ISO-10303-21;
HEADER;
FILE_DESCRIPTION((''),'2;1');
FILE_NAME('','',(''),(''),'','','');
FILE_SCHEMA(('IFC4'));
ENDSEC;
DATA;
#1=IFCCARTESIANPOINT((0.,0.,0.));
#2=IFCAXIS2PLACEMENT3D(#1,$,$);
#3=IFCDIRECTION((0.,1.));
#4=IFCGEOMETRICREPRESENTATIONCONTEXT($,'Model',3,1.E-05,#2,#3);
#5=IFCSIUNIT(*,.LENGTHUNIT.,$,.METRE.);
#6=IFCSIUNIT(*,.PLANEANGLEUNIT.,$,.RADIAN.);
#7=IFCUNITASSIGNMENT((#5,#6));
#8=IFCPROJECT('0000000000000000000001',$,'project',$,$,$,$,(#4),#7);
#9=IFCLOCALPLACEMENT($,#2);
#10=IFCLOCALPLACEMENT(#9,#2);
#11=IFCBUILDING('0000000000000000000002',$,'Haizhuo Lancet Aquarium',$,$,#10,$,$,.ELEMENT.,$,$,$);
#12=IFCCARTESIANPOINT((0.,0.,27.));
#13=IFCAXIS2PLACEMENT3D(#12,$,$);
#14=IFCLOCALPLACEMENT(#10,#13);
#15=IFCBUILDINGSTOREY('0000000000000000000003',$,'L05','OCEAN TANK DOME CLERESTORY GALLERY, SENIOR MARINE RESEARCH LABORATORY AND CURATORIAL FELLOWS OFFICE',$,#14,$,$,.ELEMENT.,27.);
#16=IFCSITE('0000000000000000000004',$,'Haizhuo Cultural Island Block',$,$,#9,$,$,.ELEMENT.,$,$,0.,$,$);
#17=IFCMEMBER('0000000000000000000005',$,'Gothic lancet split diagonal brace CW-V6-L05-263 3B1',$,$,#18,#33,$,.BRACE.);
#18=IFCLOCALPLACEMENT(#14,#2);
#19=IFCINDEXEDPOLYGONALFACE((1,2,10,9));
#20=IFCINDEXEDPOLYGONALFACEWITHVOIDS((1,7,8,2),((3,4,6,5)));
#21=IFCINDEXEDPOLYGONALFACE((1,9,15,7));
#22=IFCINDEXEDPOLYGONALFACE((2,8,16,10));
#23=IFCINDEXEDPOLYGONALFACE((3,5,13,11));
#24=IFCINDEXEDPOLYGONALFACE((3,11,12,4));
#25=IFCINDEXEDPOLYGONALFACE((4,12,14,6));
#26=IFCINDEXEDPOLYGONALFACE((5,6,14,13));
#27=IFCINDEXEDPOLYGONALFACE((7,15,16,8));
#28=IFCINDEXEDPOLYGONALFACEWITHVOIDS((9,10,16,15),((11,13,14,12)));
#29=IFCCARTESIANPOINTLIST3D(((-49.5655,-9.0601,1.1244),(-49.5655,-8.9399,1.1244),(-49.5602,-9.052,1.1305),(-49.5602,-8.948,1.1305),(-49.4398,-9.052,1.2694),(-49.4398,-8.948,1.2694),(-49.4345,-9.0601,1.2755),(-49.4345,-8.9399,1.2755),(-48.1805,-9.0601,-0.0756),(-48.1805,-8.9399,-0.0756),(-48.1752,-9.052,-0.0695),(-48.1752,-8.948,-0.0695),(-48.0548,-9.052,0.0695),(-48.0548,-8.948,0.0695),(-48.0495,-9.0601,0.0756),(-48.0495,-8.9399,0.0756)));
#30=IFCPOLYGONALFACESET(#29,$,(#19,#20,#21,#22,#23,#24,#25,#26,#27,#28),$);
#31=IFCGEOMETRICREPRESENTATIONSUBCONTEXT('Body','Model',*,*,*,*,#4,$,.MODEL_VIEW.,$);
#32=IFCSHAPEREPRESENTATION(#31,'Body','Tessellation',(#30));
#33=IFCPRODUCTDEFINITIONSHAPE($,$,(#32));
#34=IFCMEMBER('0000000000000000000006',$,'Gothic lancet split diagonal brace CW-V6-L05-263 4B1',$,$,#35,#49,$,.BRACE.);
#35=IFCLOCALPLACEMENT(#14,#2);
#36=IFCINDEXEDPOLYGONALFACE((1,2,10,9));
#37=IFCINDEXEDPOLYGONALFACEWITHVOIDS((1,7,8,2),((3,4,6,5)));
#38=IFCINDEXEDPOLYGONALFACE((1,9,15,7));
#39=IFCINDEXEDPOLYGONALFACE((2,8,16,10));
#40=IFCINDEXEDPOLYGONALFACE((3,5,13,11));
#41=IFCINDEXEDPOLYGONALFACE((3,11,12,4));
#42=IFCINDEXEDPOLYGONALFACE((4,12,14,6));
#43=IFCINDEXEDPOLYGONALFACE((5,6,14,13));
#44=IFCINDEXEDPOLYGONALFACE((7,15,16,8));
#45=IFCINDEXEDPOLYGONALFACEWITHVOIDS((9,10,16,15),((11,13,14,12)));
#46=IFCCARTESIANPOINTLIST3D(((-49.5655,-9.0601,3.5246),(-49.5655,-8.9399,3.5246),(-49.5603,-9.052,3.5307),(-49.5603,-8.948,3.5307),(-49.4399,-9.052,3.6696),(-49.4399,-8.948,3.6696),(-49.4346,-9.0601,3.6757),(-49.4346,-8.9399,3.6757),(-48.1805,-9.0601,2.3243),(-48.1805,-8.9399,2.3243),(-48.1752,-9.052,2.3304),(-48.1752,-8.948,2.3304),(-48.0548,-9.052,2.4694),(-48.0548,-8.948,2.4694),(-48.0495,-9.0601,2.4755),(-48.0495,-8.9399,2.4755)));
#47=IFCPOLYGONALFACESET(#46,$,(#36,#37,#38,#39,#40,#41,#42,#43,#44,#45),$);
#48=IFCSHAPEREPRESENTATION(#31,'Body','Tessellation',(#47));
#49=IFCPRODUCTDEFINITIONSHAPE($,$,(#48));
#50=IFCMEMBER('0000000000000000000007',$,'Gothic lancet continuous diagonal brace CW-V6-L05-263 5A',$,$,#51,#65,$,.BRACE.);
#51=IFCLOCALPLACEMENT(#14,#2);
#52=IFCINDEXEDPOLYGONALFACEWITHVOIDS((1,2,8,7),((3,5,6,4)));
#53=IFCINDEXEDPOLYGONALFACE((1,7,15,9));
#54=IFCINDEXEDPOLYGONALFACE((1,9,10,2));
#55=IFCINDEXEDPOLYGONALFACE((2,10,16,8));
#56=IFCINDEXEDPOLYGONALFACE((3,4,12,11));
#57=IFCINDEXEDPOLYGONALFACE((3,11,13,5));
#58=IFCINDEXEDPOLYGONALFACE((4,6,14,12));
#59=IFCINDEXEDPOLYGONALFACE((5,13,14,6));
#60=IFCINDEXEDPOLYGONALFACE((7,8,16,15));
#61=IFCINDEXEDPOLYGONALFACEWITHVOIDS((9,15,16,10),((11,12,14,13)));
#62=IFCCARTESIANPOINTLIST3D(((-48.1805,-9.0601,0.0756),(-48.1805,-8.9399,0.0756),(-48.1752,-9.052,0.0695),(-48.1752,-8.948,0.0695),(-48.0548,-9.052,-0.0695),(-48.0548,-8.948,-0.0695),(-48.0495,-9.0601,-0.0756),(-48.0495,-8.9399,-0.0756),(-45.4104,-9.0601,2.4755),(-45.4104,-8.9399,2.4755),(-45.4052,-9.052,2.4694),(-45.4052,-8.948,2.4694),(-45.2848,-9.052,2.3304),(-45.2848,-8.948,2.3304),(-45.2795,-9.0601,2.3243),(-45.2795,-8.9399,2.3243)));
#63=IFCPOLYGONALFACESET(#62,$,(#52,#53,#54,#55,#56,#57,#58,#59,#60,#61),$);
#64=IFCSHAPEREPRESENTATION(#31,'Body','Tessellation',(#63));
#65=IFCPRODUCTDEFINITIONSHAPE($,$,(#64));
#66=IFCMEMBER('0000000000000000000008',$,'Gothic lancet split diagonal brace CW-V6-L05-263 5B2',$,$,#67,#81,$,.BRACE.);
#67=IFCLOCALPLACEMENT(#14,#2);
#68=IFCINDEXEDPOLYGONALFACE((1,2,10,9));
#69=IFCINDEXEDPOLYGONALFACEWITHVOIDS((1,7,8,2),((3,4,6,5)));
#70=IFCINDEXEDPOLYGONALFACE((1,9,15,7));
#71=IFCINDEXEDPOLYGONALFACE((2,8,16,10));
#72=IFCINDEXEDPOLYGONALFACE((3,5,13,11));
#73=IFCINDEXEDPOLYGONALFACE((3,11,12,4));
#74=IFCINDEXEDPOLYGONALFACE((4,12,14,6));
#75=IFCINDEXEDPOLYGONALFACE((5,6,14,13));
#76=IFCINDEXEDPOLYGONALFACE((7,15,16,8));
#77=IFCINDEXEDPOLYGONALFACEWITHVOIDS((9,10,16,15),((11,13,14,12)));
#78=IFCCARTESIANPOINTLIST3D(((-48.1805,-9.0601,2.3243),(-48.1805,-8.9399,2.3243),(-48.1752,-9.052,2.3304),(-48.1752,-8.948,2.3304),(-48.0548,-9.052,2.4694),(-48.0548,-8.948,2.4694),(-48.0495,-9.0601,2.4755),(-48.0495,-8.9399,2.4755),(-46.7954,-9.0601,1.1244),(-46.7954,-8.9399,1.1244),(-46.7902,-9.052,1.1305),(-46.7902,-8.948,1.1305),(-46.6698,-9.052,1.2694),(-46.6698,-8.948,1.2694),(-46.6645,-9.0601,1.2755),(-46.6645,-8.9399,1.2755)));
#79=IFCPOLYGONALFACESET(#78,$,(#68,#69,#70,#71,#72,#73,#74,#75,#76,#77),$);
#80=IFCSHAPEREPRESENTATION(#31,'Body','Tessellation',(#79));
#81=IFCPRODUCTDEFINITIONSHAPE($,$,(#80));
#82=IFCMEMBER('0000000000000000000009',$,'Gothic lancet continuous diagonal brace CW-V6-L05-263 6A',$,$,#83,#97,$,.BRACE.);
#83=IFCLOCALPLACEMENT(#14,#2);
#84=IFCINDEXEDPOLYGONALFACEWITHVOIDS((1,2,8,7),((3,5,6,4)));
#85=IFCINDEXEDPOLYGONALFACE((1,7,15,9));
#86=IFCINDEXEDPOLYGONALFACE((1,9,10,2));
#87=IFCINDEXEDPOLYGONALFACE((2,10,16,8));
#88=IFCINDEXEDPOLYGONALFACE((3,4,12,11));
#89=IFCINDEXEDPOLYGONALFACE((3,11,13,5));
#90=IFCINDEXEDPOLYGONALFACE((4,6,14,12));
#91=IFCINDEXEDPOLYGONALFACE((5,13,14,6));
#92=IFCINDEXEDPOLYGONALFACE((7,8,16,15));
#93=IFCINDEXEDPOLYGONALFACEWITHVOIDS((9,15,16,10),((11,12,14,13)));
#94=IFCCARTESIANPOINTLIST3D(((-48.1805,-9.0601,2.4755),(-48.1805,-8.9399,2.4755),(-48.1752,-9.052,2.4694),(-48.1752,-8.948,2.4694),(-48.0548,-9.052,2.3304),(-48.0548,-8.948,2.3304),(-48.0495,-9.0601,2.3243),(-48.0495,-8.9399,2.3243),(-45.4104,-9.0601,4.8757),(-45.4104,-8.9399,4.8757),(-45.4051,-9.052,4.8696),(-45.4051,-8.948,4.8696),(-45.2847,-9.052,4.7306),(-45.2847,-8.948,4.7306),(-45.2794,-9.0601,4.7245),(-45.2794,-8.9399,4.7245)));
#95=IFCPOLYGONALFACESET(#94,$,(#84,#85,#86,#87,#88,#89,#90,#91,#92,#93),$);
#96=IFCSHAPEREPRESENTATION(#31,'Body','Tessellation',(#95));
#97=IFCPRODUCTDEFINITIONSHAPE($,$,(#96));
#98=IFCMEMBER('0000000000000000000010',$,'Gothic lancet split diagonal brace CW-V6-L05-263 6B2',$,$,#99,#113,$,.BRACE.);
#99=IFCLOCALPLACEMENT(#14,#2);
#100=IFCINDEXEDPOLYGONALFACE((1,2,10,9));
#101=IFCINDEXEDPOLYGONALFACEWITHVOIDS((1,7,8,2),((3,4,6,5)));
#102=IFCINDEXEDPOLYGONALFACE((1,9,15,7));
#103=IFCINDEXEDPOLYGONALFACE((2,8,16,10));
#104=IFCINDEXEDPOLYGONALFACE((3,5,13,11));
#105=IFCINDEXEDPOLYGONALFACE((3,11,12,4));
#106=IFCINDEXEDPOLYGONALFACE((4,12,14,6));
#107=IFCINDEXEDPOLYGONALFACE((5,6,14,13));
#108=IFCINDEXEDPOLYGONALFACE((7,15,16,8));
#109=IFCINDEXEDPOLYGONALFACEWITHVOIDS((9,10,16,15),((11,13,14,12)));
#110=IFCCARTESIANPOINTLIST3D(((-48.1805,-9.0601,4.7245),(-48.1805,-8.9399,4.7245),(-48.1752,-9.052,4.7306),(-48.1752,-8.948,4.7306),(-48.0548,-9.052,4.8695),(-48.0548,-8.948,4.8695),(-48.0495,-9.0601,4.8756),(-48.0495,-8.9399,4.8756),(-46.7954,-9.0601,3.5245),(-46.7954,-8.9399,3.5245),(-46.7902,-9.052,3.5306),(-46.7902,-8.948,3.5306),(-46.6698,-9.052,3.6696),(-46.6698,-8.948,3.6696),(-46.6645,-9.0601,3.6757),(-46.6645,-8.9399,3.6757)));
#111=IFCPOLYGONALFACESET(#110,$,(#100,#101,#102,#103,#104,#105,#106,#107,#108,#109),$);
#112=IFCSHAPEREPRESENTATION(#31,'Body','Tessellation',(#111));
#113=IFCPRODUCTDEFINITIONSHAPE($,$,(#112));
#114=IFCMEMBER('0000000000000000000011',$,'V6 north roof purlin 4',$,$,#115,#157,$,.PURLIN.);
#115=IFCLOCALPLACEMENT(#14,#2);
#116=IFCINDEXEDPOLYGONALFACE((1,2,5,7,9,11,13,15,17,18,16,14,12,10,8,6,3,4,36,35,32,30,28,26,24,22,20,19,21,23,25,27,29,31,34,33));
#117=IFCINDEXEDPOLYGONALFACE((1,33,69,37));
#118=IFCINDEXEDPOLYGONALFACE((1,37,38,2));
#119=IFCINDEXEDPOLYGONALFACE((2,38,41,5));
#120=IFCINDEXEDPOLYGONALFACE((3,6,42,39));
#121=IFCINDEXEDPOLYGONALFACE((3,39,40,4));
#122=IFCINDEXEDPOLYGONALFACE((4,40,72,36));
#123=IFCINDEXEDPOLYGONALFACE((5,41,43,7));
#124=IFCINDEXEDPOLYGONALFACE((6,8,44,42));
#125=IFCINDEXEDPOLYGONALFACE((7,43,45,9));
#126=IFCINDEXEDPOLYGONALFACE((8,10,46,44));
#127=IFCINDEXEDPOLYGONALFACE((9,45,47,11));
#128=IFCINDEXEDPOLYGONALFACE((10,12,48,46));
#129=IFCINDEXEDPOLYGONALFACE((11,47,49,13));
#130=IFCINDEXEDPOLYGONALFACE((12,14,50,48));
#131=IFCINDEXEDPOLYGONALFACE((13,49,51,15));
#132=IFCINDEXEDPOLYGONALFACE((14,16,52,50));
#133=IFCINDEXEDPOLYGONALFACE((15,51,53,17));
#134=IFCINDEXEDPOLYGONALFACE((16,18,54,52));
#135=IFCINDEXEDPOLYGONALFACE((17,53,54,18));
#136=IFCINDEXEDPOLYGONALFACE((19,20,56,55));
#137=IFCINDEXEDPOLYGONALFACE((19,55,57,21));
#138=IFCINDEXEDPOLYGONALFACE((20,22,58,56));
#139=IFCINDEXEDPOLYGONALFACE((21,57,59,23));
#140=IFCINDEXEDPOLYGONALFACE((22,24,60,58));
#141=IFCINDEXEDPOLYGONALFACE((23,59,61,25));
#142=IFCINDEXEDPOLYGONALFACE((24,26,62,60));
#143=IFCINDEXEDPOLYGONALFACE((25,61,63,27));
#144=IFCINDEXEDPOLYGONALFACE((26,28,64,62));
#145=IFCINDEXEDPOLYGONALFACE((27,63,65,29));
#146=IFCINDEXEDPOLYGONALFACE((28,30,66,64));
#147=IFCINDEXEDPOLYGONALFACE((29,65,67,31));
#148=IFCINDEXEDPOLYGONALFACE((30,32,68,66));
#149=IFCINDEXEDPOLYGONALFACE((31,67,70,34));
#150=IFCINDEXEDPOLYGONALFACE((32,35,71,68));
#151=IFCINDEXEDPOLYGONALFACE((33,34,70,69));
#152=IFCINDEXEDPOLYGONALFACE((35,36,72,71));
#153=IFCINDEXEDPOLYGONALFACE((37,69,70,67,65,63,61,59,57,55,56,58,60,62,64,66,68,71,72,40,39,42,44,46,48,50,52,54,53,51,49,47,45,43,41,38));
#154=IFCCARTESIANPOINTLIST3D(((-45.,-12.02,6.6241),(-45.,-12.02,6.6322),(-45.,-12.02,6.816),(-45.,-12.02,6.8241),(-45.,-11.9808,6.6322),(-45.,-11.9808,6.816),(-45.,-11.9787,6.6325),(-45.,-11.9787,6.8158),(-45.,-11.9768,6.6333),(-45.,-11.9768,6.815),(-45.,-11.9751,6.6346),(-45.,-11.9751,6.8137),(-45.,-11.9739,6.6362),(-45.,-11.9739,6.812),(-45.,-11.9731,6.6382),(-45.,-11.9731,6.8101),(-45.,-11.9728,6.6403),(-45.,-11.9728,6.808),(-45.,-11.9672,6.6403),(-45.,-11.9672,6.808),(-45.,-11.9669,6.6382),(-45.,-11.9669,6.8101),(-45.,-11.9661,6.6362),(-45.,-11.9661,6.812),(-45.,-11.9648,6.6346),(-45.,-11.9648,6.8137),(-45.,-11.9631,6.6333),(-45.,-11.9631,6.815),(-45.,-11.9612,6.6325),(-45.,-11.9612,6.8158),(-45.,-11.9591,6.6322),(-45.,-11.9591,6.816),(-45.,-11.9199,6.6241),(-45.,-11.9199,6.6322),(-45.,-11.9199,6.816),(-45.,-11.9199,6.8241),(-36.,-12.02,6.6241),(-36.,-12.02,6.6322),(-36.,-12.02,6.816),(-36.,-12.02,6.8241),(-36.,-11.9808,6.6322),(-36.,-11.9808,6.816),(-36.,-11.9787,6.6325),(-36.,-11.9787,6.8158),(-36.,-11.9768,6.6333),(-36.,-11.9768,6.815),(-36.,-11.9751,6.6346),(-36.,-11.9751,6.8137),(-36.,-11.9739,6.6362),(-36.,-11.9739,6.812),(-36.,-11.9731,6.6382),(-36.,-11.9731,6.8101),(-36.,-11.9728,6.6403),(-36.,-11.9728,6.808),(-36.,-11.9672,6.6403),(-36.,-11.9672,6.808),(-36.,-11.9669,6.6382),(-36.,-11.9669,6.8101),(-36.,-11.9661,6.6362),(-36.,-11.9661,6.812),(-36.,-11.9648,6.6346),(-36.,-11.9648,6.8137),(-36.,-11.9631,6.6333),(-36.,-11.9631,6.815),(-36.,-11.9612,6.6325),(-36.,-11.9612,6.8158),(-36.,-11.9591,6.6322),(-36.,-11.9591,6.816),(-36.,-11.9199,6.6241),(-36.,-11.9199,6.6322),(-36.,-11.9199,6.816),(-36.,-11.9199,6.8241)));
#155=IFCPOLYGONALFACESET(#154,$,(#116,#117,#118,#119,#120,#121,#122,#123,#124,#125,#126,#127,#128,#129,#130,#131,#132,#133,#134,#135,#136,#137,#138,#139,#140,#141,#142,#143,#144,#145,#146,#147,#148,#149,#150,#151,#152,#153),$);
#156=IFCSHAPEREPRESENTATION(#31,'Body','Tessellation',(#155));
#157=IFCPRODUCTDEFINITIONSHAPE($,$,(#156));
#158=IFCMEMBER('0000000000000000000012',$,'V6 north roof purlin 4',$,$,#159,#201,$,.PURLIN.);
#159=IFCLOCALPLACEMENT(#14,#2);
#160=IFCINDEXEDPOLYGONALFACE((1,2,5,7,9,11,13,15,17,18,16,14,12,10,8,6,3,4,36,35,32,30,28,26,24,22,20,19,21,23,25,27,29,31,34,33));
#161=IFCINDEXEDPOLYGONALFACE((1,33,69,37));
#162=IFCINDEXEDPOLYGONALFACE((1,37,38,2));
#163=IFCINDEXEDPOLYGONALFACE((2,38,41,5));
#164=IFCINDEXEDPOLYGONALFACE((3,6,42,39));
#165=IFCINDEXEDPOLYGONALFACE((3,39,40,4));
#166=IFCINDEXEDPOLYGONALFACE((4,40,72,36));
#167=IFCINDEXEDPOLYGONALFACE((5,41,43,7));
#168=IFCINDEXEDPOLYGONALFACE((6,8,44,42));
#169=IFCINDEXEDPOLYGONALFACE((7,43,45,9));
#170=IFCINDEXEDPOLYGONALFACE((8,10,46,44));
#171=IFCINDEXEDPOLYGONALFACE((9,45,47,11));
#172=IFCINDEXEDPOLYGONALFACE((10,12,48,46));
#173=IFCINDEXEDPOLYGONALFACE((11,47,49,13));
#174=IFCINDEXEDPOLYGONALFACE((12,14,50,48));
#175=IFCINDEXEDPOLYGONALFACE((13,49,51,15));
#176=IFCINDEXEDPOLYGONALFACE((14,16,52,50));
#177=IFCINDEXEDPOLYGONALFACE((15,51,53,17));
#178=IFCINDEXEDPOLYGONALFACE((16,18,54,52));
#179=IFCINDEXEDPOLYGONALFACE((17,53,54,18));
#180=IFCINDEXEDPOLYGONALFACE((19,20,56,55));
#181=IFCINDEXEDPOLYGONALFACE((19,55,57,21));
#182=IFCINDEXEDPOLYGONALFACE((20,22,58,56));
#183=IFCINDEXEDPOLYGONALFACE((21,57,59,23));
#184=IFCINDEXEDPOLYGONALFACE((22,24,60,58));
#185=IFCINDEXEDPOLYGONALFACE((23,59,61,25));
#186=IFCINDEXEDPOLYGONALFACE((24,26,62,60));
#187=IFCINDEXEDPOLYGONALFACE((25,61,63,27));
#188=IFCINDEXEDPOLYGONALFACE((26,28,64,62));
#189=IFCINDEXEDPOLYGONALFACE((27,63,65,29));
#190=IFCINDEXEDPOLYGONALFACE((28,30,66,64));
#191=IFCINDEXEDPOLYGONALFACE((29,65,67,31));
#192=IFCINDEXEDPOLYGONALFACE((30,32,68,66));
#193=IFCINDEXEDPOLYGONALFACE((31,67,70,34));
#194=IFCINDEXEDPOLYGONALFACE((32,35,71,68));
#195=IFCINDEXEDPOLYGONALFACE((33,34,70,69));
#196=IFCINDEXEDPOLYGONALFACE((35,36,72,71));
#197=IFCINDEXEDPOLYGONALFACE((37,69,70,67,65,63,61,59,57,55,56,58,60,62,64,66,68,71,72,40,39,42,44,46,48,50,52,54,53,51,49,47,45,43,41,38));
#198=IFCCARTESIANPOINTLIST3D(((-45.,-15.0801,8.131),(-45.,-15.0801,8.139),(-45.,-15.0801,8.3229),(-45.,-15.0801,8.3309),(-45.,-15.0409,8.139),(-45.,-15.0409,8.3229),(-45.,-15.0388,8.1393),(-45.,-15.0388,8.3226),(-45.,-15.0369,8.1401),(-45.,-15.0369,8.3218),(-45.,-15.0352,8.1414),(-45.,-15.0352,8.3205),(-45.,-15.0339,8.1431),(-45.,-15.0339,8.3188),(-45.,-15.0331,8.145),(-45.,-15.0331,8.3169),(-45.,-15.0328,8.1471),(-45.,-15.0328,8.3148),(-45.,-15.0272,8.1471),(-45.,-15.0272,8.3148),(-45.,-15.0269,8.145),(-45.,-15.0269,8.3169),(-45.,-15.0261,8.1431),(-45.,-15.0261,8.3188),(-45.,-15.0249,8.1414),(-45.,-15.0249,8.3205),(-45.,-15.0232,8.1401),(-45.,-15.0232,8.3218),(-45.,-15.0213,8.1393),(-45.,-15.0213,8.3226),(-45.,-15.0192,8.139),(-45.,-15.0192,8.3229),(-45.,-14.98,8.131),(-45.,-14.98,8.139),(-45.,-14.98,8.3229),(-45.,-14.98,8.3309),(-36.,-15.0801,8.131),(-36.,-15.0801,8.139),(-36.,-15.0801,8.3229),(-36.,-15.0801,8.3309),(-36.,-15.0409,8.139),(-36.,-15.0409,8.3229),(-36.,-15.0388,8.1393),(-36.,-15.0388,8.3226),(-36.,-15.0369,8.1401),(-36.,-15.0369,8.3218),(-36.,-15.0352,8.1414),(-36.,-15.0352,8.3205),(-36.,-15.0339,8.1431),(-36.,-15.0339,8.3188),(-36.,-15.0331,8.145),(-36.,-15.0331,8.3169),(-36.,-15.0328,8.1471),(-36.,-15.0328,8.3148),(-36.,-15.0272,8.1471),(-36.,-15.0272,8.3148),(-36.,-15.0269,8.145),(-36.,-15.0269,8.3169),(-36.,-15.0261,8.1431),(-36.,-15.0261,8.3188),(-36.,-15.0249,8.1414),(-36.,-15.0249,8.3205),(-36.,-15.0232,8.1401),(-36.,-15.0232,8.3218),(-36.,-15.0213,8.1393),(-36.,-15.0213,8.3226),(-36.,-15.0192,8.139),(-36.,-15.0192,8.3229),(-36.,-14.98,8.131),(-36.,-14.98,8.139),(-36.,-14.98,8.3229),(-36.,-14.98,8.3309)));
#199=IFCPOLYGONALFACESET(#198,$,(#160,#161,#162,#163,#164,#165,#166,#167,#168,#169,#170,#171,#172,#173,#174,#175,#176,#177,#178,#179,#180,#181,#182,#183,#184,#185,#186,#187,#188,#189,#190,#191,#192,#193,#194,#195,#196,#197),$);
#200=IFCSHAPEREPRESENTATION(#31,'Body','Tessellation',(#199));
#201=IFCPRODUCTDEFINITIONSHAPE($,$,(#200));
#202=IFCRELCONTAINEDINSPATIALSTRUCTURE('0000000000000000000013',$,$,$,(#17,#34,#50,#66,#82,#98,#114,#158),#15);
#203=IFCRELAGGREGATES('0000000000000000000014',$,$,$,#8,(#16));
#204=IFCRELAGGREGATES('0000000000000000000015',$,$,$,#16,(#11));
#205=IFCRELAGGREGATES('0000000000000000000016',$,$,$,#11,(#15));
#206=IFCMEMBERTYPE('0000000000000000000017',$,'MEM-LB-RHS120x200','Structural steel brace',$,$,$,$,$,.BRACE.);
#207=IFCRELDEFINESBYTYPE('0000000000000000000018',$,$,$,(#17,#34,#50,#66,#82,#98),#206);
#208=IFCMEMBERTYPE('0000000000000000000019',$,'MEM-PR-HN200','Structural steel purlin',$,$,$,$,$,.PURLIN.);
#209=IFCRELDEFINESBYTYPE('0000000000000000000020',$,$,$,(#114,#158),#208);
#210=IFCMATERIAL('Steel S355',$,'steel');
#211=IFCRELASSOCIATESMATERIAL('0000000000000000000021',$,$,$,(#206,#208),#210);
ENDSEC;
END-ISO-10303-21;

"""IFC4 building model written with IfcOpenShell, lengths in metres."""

from ifc_helpers import new_model, si_unit, direction, frame, origin, origin_2d, place, context, subcontext, project, spatial, hollow_rectangle, i_section, extrude, material, material_profile, profile_set, type_object, element, save


model = new_model("IFC4")

# Units and contexts
model_context = context("Model", 3, precision=1e-05, world=origin(), true_north=direction((0.0, 1.0)))
body_context = subcontext(model_context, "Body", "Model", "MODEL_VIEW")
ifc_project = project(units=[si_unit("LENGTHUNIT", "METRE"), si_unit("PLANEANGLEUNIT", "RADIAN")], contexts=[model_context])

# Site, building, storey
site_placement = place(None, origin())
site = spatial("IfcSite", under=ifc_project, at=site_placement, Name="Haizhuo Cultural Island Block", CompositionType="ELEMENT", RefElevation=0.0)
building_placement = place(site_placement, origin())
building = spatial("IfcBuilding", under=site, at=building_placement, Name="Haizhuo Lancet Aquarium", CompositionType="ELEMENT")
storey_placement = place(building_placement, frame((0.0, 0.0, 27.0)))
storey = spatial("IfcBuildingStorey", under=building, at=storey_placement, Name="L05", Description="OCEAN TANK DOME CLERESTORY GALLERY, SENIOR MARINE RESEARCH LABORATORY AND CURATORIAL FELLOWS OFFICE", CompositionType="ELEMENT", Elevation=27.0)

# Shared definitions
ifc_material_1 = material(Name="Steel S355", Category="steel")

# Members
ifc_material_profile_1 = material_profile(ifc_material_1, hollow_rectangle(XDim=0.1201, YDim=0.2, WallThickness=0.0081, at=origin_2d()), Name="RHS 120x200x8")
ifc_profile_set_1 = profile_set([ifc_material_profile_1], Name="Steel S355")
member_type_1 = type_object("IfcMemberType", Name="MEM-LB-RHS120x200", Description="Structural steel brace", PredefinedType="BRACE", material=ifc_profile_set_1)
member_1_placement = place(storey_placement, frame((-48.115, -9.0, 0.0), z_axis=(-0.755795, 0.0, 0.654809), x_axis=(0.0, -1.0, 0.0)))
element("IfcMember", 1, at=member_1_placement, inside=storey, type_object=member_type_1, Name="Gothic lancet split diagonal brace CW-V6-L05-263 3B1", PredefinedType="BRACE", context=body_context, shape_type="SweptSolid", body=[
    extrude(hollow_rectangle(XDim=0.1201, YDim=0.2, WallThickness=0.0081, at=origin_2d()), origin(), (0.0, 0.0, 1.0), 1.8325),
])
member_2_placement = place(storey_placement, frame((-48.115, -9.0, 2.3999), z_axis=(-0.755729, 0.0, 0.654885), x_axis=(0.0, -1.0, 0.0)))
element("IfcMember", 2, at=member_2_placement, inside=storey, type_object=member_type_1, Name="Gothic lancet split diagonal brace CW-V6-L05-263 4B1", PredefinedType="BRACE", context=body_context, shape_type="SweptSolid", body=[
    extrude(hollow_rectangle(XDim=0.1201, YDim=0.2, WallThickness=0.0081, at=origin_2d()), origin(), (0.0, 0.0, 1.0), 1.8328),
])
member_3_placement = place(storey_placement, frame((-48.115, -9.0, 0.0), z_axis=(0.755795, 0.0, 0.654809), x_axis=(0.0, 1.0, 0.0)))
element("IfcMember", 3, at=member_3_placement, inside=storey, type_object=member_type_1, Name="Gothic lancet continuous diagonal brace CW-V6-L05-263 5A", PredefinedType="BRACE", context=body_context, shape_type="SweptSolid", body=[
    extrude(hollow_rectangle(XDim=0.1201, YDim=0.2, WallThickness=0.0081, at=origin_2d()), origin(), (0.0, 0.0, 1.0), 3.665),
])
member_4_placement = place(storey_placement, frame((-46.73, -9.0, 1.2), z_axis=(-0.755795, 0.0, 0.654809), x_axis=(0.0, -1.0, 0.0)))
element("IfcMember", 4, at=member_4_placement, inside=storey, type_object=member_type_1, Name="Gothic lancet split diagonal brace CW-V6-L05-263 5B2", PredefinedType="BRACE", context=body_context, shape_type="SweptSolid", body=[
    extrude(hollow_rectangle(XDim=0.1201, YDim=0.2, WallThickness=0.0081, at=origin_2d()), origin(), (0.0, 0.0, 1.0), 1.8325),
])
member_5_placement = place(storey_placement, frame((-48.115, -9.0, 2.3999), z_axis=(0.755762, 0.0, 0.654847), x_axis=(0.0, 1.0, 0.0)))
element("IfcMember", 5, at=member_5_placement, inside=storey, type_object=member_type_1, Name="Gothic lancet continuous diagonal brace CW-V6-L05-263 6A", PredefinedType="BRACE", context=body_context, shape_type="SweptSolid", body=[
    extrude(hollow_rectangle(XDim=0.1201, YDim=0.2, WallThickness=0.0081, at=origin_2d()), origin(), (0.0, 0.0, 1.0), 3.6653),
])
member_6_placement = place(storey_placement, frame((-46.73, -9.0, 3.6001), z_axis=(-0.755795, 0.0, 0.654809), x_axis=(0.0, -1.0, 0.0)))
element("IfcMember", 6, at=member_6_placement, inside=storey, type_object=member_type_1, Name="Gothic lancet split diagonal brace CW-V6-L05-263 6B2", PredefinedType="BRACE", context=body_context, shape_type="SweptSolid", body=[
    extrude(hollow_rectangle(XDim=0.1201, YDim=0.2, WallThickness=0.0081, at=origin_2d()), origin(), (0.0, 0.0, 1.0), 1.8325),
])
ifc_material_profile_2 = material_profile(ifc_material_1, i_section(OverallWidth=0.1001, OverallDepth=0.2, WebThickness=0.0056, FlangeThickness=0.0081, FilletRadius=0.0081, at=origin_2d()), Name="HN 200x100x5.5x8")
ifc_profile_set_2 = profile_set([ifc_material_profile_2], Name="Steel S355")
member_type_2 = type_object("IfcMemberType", Name="MEM-PR-HN200", Description="Structural steel purlin", PredefinedType="PURLIN", material=ifc_profile_set_2)
for number, where, z_axis, x_axis, name in (
    (7, (-45.0, -11.97, 6.7241), (1.0, 0.0, 0.0), (0.0, 1.0, 0.0), "V6 north roof purlin 4"),
    (8, (-45.0, -15.03, 8.231), (1.0, 0.0, 0.0), (0.0, 1.0, 0.0), "V6 north roof purlin 4"),
):
    element("IfcMember", number, at=place(storey_placement, frame(where, z_axis=z_axis, x_axis=x_axis)), inside=storey, type_object=member_type_2, Name=name, PredefinedType="PURLIN", context=body_context, shape_type="SweptSolid", body=[
        extrude(i_section(OverallWidth=0.1001, OverallDepth=0.2, WebThickness=0.0056, FlangeThickness=0.0081, FilletRadius=0.0081, at=origin_2d()), origin(), (0.0, 0.0, 1.0), 9.0),
    ])

save(model, "model.ifc")
